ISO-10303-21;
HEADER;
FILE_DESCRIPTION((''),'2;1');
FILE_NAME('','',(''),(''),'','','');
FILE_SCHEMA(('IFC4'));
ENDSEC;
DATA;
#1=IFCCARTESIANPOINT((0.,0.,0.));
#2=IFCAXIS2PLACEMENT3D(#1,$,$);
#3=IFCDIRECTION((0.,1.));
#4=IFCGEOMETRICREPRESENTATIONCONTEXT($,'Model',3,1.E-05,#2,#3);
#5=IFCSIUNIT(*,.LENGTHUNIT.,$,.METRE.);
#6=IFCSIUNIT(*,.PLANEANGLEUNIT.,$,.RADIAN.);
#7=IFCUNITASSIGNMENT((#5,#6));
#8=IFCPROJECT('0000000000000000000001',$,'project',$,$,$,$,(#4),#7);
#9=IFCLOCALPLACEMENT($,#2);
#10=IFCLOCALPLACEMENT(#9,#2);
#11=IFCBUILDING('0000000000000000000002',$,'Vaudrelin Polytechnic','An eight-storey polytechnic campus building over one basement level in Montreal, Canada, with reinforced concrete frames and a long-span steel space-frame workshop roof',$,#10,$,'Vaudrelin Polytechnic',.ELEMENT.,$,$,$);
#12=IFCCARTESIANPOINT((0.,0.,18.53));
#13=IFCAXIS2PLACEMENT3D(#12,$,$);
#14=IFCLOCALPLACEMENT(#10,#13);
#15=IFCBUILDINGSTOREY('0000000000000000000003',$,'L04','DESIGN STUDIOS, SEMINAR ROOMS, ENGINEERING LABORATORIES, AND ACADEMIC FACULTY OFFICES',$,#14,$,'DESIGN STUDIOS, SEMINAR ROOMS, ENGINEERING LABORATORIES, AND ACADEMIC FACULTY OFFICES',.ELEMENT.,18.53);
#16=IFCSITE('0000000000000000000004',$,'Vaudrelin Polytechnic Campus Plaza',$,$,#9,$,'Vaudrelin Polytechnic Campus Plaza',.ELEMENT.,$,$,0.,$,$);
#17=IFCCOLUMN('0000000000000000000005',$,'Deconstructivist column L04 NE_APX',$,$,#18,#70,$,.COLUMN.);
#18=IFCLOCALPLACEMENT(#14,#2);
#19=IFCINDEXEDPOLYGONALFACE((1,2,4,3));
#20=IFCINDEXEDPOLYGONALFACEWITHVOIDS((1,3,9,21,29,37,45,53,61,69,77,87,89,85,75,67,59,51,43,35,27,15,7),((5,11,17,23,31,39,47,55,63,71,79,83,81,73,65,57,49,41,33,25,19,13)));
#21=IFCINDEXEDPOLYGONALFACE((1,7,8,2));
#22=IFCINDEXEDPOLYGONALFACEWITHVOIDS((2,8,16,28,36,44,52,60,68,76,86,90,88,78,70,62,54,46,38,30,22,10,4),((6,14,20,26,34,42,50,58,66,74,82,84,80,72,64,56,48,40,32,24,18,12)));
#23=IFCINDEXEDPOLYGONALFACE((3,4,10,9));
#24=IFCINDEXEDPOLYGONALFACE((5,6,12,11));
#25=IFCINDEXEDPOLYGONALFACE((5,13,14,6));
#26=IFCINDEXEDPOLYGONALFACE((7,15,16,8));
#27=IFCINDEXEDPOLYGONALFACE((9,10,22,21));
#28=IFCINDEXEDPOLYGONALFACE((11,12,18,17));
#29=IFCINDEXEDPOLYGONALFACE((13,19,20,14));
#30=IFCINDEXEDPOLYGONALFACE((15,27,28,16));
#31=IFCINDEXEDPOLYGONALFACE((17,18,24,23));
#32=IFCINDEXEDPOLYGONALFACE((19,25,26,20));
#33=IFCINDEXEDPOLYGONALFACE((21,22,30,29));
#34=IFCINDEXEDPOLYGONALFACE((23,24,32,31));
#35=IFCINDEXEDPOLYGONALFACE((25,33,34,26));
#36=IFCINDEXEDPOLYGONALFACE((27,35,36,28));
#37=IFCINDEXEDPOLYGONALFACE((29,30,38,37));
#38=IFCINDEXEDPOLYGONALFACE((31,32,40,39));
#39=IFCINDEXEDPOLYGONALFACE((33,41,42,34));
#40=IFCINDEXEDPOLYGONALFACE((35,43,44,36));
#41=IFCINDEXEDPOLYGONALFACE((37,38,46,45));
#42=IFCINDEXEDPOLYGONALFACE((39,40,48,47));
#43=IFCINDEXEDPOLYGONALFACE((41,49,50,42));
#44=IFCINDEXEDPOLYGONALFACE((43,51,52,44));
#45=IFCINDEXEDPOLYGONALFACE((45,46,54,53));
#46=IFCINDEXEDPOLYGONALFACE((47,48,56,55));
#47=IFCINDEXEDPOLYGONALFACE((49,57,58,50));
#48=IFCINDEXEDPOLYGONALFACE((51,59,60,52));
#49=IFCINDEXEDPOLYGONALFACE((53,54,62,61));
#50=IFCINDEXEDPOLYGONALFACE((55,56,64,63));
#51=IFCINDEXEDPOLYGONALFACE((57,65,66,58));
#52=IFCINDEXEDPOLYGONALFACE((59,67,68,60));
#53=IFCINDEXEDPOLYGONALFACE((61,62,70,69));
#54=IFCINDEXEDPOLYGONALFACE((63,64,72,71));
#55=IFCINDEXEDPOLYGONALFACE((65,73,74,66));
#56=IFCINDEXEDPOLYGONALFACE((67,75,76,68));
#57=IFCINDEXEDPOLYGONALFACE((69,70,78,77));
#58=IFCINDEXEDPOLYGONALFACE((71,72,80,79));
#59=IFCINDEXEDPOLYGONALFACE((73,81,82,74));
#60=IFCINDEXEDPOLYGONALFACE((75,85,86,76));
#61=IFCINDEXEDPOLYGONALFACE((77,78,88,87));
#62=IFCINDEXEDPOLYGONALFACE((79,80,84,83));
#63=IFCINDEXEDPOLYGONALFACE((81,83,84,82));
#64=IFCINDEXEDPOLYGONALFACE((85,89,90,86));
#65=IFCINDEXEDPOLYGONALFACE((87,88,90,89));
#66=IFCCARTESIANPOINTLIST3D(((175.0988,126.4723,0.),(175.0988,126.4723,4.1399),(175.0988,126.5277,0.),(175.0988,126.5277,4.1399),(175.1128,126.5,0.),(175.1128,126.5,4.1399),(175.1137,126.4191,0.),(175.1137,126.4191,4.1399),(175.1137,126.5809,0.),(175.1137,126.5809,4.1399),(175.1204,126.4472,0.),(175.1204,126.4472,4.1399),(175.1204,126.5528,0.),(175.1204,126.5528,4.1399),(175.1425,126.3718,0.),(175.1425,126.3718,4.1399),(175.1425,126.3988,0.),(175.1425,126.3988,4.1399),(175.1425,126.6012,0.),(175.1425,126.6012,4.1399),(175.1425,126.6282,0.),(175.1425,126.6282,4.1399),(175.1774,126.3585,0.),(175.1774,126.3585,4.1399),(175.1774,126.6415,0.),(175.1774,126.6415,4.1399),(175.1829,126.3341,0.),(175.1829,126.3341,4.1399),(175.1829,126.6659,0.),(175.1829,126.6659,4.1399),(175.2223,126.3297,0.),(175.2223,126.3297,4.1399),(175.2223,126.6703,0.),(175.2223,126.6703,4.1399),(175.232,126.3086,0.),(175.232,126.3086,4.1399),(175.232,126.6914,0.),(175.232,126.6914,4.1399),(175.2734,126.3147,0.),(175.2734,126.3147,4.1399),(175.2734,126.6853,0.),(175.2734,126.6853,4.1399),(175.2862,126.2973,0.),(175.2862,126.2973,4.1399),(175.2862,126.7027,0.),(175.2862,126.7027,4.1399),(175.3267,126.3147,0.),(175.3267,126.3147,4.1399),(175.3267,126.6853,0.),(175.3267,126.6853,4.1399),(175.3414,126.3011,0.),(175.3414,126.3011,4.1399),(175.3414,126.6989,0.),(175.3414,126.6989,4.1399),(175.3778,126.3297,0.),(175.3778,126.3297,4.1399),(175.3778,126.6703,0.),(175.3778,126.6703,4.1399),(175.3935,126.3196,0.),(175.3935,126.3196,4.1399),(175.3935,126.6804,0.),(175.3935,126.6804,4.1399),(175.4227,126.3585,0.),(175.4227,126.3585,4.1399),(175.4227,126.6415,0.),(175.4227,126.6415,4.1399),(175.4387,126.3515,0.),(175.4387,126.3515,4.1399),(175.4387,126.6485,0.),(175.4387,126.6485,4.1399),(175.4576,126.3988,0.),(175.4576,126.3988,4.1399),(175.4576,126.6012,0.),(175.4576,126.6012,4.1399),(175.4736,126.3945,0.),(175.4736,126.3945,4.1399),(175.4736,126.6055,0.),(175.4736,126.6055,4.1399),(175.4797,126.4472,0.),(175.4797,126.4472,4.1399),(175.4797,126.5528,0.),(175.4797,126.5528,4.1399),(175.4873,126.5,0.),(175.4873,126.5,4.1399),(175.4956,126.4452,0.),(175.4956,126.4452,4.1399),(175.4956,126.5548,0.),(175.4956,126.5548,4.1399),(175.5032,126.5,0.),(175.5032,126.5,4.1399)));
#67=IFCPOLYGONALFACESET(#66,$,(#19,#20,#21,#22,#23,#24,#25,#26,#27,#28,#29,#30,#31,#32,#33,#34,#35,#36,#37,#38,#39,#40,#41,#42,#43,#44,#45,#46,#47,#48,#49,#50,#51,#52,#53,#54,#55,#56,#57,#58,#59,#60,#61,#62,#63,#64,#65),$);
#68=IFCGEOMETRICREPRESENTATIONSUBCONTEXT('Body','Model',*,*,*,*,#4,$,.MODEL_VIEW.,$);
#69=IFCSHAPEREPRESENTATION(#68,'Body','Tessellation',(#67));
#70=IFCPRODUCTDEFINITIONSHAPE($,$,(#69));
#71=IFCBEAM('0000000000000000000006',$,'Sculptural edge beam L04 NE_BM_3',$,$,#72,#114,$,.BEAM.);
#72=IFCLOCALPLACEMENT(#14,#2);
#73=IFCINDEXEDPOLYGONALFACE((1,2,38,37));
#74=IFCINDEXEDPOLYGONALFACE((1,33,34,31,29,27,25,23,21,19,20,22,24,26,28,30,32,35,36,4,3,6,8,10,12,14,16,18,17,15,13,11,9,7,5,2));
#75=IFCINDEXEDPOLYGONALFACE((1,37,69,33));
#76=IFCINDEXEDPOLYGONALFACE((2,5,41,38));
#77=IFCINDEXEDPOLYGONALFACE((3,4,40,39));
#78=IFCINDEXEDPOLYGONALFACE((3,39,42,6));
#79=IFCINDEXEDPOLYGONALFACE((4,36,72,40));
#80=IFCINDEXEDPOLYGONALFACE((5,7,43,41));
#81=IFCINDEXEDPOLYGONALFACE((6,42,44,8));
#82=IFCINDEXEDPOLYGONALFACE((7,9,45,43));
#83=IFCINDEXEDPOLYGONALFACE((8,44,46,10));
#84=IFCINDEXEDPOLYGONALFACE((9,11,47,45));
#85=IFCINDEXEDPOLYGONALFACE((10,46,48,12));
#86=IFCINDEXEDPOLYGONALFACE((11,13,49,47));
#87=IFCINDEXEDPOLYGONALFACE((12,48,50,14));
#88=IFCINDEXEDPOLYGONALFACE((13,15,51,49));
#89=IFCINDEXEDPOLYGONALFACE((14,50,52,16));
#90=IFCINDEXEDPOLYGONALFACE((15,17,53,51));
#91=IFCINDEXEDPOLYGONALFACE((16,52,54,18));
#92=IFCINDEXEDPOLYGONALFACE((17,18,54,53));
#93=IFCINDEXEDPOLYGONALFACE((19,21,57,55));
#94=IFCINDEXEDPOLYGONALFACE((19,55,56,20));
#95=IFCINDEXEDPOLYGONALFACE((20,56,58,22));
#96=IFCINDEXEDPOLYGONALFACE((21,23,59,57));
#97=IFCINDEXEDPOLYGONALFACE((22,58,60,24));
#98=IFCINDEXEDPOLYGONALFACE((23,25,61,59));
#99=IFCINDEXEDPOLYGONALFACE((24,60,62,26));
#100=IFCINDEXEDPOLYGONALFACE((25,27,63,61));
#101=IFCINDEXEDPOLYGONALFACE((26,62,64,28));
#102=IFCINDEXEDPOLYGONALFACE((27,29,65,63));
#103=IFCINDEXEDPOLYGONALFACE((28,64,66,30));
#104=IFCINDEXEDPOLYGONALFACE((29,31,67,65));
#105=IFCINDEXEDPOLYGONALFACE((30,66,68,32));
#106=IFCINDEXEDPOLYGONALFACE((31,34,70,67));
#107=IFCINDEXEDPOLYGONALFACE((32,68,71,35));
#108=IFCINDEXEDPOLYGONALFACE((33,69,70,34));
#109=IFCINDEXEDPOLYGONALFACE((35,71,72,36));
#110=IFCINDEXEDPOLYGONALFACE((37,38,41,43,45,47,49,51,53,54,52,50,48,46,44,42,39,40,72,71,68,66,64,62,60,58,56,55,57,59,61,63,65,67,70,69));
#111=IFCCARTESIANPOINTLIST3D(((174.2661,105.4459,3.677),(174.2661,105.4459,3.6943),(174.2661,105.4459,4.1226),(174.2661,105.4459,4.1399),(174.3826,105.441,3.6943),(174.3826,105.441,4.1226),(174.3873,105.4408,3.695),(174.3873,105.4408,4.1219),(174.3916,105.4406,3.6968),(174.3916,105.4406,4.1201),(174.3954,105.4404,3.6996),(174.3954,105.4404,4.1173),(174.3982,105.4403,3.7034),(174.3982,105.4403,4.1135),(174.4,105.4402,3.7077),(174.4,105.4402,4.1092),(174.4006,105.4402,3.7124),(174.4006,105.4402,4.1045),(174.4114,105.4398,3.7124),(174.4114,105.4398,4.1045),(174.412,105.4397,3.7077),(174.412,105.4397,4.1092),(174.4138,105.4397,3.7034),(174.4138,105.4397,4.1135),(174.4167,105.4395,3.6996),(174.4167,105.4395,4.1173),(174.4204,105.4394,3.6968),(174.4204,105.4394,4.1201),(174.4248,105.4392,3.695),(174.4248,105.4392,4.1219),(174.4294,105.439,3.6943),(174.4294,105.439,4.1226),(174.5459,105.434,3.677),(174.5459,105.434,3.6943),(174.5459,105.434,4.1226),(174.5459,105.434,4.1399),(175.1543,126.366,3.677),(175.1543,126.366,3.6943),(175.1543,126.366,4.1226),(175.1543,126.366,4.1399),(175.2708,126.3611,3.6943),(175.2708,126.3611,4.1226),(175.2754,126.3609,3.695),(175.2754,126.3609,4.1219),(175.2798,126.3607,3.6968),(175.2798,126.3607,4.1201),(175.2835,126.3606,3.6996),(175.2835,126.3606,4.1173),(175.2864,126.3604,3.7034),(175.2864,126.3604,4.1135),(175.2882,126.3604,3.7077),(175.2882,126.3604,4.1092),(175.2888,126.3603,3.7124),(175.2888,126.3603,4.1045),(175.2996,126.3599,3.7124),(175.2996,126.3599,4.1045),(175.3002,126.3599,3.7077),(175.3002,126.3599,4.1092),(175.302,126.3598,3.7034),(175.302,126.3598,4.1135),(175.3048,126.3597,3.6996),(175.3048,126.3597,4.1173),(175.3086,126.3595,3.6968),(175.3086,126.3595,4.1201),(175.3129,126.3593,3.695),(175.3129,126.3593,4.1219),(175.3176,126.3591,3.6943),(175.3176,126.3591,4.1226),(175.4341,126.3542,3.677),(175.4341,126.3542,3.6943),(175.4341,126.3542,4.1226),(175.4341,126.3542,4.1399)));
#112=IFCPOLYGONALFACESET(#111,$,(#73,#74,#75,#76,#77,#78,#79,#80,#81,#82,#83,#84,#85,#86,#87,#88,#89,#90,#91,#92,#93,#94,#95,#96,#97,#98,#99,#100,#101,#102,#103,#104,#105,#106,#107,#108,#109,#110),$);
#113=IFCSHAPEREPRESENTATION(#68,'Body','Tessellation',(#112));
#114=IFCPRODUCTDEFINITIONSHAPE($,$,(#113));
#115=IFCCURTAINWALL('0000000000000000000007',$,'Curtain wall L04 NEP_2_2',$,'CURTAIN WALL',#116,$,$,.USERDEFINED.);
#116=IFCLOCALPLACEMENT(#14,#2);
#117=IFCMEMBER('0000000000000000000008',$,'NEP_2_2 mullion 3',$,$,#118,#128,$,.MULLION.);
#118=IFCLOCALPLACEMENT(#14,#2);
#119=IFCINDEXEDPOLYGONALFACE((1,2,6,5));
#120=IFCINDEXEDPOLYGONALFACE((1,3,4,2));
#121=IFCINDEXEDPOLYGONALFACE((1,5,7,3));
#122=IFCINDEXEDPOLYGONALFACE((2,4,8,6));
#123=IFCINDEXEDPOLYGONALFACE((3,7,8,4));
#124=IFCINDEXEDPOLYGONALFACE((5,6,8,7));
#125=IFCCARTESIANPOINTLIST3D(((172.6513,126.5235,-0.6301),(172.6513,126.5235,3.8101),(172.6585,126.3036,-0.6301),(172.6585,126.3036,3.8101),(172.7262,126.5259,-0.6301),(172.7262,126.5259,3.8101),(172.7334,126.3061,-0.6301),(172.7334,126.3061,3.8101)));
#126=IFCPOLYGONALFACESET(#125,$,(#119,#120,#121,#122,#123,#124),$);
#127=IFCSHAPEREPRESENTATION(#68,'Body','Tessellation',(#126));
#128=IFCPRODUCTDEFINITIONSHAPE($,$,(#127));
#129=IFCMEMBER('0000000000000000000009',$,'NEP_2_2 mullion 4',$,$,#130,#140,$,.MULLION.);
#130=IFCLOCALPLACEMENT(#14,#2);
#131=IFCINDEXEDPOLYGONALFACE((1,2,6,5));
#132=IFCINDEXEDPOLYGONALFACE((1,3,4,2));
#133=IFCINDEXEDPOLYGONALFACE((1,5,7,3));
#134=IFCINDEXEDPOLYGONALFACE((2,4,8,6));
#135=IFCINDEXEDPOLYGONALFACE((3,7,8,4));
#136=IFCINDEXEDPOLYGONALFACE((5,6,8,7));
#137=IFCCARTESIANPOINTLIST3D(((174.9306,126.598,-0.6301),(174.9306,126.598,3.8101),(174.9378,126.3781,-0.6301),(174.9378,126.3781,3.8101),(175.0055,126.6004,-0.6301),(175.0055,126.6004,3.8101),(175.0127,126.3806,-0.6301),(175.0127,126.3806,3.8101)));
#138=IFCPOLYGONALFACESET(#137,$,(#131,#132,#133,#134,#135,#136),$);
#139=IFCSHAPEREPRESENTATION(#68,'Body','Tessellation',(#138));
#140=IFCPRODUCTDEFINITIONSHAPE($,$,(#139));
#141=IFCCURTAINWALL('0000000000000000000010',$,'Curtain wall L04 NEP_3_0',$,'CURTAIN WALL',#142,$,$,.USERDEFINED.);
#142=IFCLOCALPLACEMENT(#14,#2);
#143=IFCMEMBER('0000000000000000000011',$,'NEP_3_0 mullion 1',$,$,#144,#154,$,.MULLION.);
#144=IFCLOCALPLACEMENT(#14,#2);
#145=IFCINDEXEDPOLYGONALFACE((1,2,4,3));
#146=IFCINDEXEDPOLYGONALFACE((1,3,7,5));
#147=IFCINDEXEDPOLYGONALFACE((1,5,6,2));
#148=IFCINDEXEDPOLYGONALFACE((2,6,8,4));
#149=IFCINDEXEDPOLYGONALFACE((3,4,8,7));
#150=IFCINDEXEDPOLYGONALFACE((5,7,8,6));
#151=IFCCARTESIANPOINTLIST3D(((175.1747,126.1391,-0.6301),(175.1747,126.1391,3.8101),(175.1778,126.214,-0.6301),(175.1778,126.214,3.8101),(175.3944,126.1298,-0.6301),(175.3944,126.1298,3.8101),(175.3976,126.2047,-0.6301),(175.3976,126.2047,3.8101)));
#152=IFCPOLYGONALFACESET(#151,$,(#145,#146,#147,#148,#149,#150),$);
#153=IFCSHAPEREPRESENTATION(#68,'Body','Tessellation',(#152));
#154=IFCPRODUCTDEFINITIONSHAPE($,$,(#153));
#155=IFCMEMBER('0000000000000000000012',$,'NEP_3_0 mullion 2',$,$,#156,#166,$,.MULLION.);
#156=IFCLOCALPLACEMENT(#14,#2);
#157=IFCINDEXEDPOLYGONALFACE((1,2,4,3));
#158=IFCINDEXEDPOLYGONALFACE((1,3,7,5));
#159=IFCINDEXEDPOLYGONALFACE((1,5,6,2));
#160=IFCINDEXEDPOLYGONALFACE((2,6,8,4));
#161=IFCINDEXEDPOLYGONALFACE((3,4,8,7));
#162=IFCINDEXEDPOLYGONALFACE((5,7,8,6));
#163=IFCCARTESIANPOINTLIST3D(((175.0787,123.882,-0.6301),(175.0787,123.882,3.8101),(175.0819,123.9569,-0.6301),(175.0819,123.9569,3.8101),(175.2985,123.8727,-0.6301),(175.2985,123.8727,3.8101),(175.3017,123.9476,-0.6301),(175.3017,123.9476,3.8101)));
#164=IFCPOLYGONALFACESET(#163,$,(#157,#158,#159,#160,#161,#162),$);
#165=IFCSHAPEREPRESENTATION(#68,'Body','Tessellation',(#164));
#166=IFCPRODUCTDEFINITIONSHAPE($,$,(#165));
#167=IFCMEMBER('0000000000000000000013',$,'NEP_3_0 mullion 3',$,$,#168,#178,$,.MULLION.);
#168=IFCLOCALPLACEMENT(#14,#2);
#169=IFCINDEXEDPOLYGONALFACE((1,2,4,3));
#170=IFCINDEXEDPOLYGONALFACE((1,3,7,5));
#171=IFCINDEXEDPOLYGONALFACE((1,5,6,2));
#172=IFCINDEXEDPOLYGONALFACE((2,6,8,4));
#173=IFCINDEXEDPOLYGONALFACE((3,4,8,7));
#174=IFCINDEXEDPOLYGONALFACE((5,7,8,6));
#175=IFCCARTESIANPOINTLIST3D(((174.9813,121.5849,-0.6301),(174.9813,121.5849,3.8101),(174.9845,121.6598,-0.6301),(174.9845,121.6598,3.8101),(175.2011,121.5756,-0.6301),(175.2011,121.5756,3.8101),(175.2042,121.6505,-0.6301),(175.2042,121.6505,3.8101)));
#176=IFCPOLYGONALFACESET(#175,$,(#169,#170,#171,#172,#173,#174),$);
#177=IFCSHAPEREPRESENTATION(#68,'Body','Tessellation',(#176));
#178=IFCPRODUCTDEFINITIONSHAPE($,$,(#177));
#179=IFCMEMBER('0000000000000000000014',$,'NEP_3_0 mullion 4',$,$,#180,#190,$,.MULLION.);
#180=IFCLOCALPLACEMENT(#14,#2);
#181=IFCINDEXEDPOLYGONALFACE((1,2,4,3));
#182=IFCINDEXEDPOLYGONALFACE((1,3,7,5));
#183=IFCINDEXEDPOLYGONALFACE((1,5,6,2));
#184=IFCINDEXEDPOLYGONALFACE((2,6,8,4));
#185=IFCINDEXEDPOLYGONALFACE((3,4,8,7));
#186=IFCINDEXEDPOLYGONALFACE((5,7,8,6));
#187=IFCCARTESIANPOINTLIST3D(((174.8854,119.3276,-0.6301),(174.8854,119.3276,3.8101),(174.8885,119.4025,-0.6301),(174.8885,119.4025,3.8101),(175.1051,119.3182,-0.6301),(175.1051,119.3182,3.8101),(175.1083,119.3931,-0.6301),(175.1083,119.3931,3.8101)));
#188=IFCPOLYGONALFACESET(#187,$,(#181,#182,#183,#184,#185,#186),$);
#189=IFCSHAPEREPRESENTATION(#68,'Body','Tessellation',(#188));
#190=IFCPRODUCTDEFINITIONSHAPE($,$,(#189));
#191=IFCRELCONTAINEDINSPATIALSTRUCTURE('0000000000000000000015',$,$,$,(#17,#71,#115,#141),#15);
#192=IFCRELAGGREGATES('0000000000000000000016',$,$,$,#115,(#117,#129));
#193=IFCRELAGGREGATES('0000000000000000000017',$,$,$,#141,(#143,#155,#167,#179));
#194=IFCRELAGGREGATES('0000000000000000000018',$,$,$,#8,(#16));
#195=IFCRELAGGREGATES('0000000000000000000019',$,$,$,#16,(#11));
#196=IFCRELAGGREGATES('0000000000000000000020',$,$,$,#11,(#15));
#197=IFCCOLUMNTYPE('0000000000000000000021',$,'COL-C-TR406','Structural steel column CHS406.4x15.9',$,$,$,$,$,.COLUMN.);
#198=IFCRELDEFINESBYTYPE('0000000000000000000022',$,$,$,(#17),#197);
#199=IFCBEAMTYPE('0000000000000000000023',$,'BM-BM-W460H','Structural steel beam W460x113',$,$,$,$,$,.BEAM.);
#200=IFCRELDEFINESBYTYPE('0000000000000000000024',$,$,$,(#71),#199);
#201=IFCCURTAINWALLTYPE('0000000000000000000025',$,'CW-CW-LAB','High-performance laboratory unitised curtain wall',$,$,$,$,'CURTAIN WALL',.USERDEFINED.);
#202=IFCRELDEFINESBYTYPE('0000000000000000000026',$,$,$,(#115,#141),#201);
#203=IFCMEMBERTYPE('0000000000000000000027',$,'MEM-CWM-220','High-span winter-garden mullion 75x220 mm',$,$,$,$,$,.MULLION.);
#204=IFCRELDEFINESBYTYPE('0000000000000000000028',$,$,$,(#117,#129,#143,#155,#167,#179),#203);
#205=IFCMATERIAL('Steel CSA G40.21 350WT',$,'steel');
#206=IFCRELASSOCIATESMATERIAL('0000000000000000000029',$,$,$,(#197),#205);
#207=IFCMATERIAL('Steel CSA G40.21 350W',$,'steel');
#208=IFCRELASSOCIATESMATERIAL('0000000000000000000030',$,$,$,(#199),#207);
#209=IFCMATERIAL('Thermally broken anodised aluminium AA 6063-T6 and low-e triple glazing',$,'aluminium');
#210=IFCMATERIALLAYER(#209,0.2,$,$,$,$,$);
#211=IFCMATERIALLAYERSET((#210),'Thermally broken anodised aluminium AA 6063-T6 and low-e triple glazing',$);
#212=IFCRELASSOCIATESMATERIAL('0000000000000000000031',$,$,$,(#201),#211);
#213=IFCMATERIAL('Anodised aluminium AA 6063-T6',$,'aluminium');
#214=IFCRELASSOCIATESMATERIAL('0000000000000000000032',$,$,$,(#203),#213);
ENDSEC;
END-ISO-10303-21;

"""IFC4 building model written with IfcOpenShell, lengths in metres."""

from ifc_helpers import new_model, si_unit, direction, frame, origin, origin_2d, place, context, subcontext, project, spatial, rectangle, hollow_circle, i_section, extrude, material, layer, layer_set, material_profile, profile_set, type_object, element, aggregate, save


model = new_model("IFC4")

# Units and contexts
model_context = context("Model", 3, precision=1e-05, world=origin(), true_north=direction((0.0, 1.0)))
body_context = subcontext(model_context, "Body", "Model", "MODEL_VIEW")
ifc_project = project(units=[si_unit("LENGTHUNIT", "METRE"), si_unit("PLANEANGLEUNIT", "RADIAN")], contexts=[model_context])

# Site, building, storey
site_placement = place(None, origin())
site = spatial("IfcSite", under=ifc_project, at=site_placement, Name="Vaudrelin Polytechnic Campus Plaza", LongName="Vaudrelin Polytechnic Campus Plaza", CompositionType="ELEMENT", RefElevation=0.0)
building_placement = place(site_placement, origin())
building = spatial("IfcBuilding", under=site, at=building_placement, Name="Vaudrelin Polytechnic", Description="An eight-storey polytechnic campus building over one basement level in Montreal, Canada, with reinforced concrete frames and a long-span steel space-frame workshop roof", LongName="Vaudrelin Polytechnic", CompositionType="ELEMENT")
storey_placement = place(building_placement, frame((0.0, 0.0, 18.53)))
storey = spatial("IfcBuildingStorey", under=building, at=storey_placement, Name="L04", Description="DESIGN STUDIOS, SEMINAR ROOMS, ENGINEERING LABORATORIES, AND ACADEMIC FACULTY OFFICES", LongName="DESIGN STUDIOS, SEMINAR ROOMS, ENGINEERING LABORATORIES, AND ACADEMIC FACULTY OFFICES", CompositionType="ELEMENT", Elevation=18.53)

# Column
ifc_material_1 = material(Name="Steel CSA G40.21 350WT", Category="steel")
ifc_material_profile_1 = material_profile(ifc_material_1, hollow_circle(Radius=0.2031, WallThickness=0.0159, at=origin_2d()), Name="CHS406.4x15.9")
ifc_profile_set_1 = profile_set([ifc_material_profile_1], Name="Steel CSA G40.21 350WT")
column_type = type_object("IfcColumnType", Name="COL-C-TR406", Description="Structural steel column CHS406.4x15.9", PredefinedType="COLUMN", material=ifc_profile_set_1)
column_placement = place(storey_placement, frame((175.3, 126.5, 0.0), z_axis=(0.0, 0.0, 1.0), x_axis=(1.0, 0.0, 0.0)))
element("IfcColumn", 1, at=column_placement, inside=storey, type_object=column_type, Name="Deconstructivist column L04 NE_APX", PredefinedType="COLUMN", context=body_context, shape_type="SweptSolid", body=[
    extrude(hollow_circle(Radius=0.2031, WallThickness=0.0159, at=origin_2d()), origin(), (0.0, 0.0, 1.0), 4.1399),
])

# Beam
ifc_material_2 = material(Name="Steel CSA G40.21 350W", Category="steel")
ifc_material_profile_2 = material_profile(ifc_material_2, i_section(OverallWidth=0.28, OverallDepth=0.4629, WebThickness=0.0107, FlangeThickness=0.0173, FilletRadius=0.0181, at=origin_2d()), Name="W460x113")
ifc_profile_set_2 = profile_set([ifc_material_profile_2], Name="Steel CSA G40.21 350W")
beam_type = type_object("IfcBeamType", Name="BM-BM-W460H", Description="Structural steel beam W460x113", PredefinedType="BEAM", material=ifc_profile_set_2)
beam_placement = place(storey_placement, frame((175.2942, 126.3601, 3.9084), z_axis=(-0.042418, -0.9991, 0.0), x_axis=(0.9991, -0.042418, 0.0)))
element("IfcBeam", 2, at=beam_placement, inside=storey, type_object=beam_type, Name="Sculptural edge beam L04 NE_BM_3", PredefinedType="BEAM", context=body_context, shape_type="SweptSolid", body=[
    extrude(i_section(OverallWidth=0.28, OverallDepth=0.4629, WebThickness=0.0107, FlangeThickness=0.0173, FilletRadius=0.0181, at=origin_2d()), origin(), (0.0, 0.0, 1.0), 20.939),
])

# Curtain walls, members
ifc_material_3 = material(Name="Thermally broken anodised aluminium AA 6063-T6 and low-e triple glazing", Category="aluminium")
ifc_layer_1 = layer(ifc_material_3, 0.2)
ifc_layer_set_1 = layer_set([ifc_layer_1], Name="Thermally broken anodised aluminium AA 6063-T6 and low-e triple glazing")
curtain_wall_type = type_object("IfcCurtainWallType", Name="CW-CW-LAB", Description="High-performance laboratory unitised curtain wall", ElementType="CURTAIN WALL", PredefinedType="USERDEFINED", material=ifc_layer_set_1)
curtain_wall_1_placement = place(storey_placement, origin())
curtain_wall_1 = element("IfcCurtainWall", 3, at=curtain_wall_1_placement, inside=storey, type_object=curtain_wall_type, Name="Curtain wall L04 NEP_2_2", ObjectType="CURTAIN WALL", PredefinedType="USERDEFINED")
ifc_material_4 = material(Name="Anodised aluminium AA 6063-T6", Category="aluminium")
ifc_material_profile_3 = material_profile(ifc_material_4, rectangle(XDim=0.075, YDim=0.22, at=origin_2d()), Name="CWM-75x220")
ifc_profile_set_3 = profile_set([ifc_material_profile_3], Name="Anodised aluminium AA 6063-T6")
member_type_1 = type_object("IfcMemberType", Name="MEM-CWM-220", Description="High-span winter-garden mullion 75x220 mm", PredefinedType="MULLION", material=ifc_profile_set_3)
member_1_placement = place(storey_placement, frame((172.6924, 126.4148, -0.6301), z_axis=(0.0, 0.0, 1.0), x_axis=(0.999465, 0.032693, 0.0)))
member_1 = element("IfcMember", 4, at=member_1_placement, type_object=member_type_1, Name="NEP_2_2 mullion 3", PredefinedType="MULLION", context=body_context, shape_type="SweptSolid", body=[
    extrude(rectangle(XDim=0.075, YDim=0.22, at=origin_2d()), origin(), (0.0, 0.0, 1.0), 4.4402),
])
member_2_placement = place(storey_placement, frame((174.9717, 126.4893, -0.6301), z_axis=(0.0, 0.0, 1.0), x_axis=(0.999465, 0.032693, 0.0)))
member_2 = element("IfcMember", 5, at=member_2_placement, type_object=member_type_1, Name="NEP_2_2 mullion 4", PredefinedType="MULLION", context=body_context, shape_type="SweptSolid", body=[
    extrude(rectangle(XDim=0.075, YDim=0.22, at=origin_2d()), origin(), (0.0, 0.0, 1.0), 4.4402),
])
curtain_wall_2_placement = place(storey_placement, origin())
curtain_wall_2 = element("IfcCurtainWall", 6, at=curtain_wall_2_placement, inside=storey, type_object=curtain_wall_type, Name="Curtain wall L04 NEP_3_0", ObjectType="CURTAIN WALL", PredefinedType="USERDEFINED")
member_3_placement = place(storey_placement, frame((175.2861, 126.1719, -0.6301), z_axis=(0.0, 0.0, 1.0), x_axis=(-0.04242, -0.9991, 0.0)))
member_3 = element("IfcMember", 7, at=member_3_placement, type_object=member_type_1, Name="NEP_3_0 mullion 1", PredefinedType="MULLION", context=body_context, shape_type="SweptSolid", body=[
    extrude(rectangle(XDim=0.075, YDim=0.22, at=origin_2d()), origin(), (0.0, 0.0, 1.0), 4.4402),
])
member_4_placement = place(storey_placement, frame((175.1902, 123.9148, -0.6301), z_axis=(0.0, 0.0, 1.0), x_axis=(-0.04242, -0.9991, 0.0)))
member_4 = element("IfcMember", 8, at=member_4_placement, type_object=member_type_1, Name="NEP_3_0 mullion 2", PredefinedType="MULLION", context=body_context, shape_type="SweptSolid", body=[
    extrude(rectangle(XDim=0.075, YDim=0.22, at=origin_2d()), origin(), (0.0, 0.0, 1.0), 4.4402),
])
member_5_placement = place(storey_placement, frame((175.0928, 121.6177, -0.6301), z_axis=(0.0, 0.0, 1.0), x_axis=(-0.04242, -0.9991, 0.0)))
member_5 = element("IfcMember", 9, at=member_5_placement, type_object=member_type_1, Name="NEP_3_0 mullion 3", PredefinedType="MULLION", context=body_context, shape_type="SweptSolid", body=[
    extrude(rectangle(XDim=0.075, YDim=0.22, at=origin_2d()), origin(), (0.0, 0.0, 1.0), 4.4402),
])
member_6_placement = place(storey_placement, frame((174.9968, 119.3604, -0.6301), z_axis=(0.0, 0.0, 1.0), x_axis=(-0.04242, -0.9991, 0.0)))
member_6 = element("IfcMember", 10, at=member_6_placement, type_object=member_type_1, Name="NEP_3_0 mullion 4", PredefinedType="MULLION", context=body_context, shape_type="SweptSolid", body=[
    extrude(rectangle(XDim=0.075, YDim=0.22, at=origin_2d()), origin(), (0.0, 0.0, 1.0), 4.4402),
])

aggregate(curtain_wall_1, [member_1, member_2])
aggregate(curtain_wall_2, [member_3, member_4, member_5, member_6])

save(model, "model.ifc")
